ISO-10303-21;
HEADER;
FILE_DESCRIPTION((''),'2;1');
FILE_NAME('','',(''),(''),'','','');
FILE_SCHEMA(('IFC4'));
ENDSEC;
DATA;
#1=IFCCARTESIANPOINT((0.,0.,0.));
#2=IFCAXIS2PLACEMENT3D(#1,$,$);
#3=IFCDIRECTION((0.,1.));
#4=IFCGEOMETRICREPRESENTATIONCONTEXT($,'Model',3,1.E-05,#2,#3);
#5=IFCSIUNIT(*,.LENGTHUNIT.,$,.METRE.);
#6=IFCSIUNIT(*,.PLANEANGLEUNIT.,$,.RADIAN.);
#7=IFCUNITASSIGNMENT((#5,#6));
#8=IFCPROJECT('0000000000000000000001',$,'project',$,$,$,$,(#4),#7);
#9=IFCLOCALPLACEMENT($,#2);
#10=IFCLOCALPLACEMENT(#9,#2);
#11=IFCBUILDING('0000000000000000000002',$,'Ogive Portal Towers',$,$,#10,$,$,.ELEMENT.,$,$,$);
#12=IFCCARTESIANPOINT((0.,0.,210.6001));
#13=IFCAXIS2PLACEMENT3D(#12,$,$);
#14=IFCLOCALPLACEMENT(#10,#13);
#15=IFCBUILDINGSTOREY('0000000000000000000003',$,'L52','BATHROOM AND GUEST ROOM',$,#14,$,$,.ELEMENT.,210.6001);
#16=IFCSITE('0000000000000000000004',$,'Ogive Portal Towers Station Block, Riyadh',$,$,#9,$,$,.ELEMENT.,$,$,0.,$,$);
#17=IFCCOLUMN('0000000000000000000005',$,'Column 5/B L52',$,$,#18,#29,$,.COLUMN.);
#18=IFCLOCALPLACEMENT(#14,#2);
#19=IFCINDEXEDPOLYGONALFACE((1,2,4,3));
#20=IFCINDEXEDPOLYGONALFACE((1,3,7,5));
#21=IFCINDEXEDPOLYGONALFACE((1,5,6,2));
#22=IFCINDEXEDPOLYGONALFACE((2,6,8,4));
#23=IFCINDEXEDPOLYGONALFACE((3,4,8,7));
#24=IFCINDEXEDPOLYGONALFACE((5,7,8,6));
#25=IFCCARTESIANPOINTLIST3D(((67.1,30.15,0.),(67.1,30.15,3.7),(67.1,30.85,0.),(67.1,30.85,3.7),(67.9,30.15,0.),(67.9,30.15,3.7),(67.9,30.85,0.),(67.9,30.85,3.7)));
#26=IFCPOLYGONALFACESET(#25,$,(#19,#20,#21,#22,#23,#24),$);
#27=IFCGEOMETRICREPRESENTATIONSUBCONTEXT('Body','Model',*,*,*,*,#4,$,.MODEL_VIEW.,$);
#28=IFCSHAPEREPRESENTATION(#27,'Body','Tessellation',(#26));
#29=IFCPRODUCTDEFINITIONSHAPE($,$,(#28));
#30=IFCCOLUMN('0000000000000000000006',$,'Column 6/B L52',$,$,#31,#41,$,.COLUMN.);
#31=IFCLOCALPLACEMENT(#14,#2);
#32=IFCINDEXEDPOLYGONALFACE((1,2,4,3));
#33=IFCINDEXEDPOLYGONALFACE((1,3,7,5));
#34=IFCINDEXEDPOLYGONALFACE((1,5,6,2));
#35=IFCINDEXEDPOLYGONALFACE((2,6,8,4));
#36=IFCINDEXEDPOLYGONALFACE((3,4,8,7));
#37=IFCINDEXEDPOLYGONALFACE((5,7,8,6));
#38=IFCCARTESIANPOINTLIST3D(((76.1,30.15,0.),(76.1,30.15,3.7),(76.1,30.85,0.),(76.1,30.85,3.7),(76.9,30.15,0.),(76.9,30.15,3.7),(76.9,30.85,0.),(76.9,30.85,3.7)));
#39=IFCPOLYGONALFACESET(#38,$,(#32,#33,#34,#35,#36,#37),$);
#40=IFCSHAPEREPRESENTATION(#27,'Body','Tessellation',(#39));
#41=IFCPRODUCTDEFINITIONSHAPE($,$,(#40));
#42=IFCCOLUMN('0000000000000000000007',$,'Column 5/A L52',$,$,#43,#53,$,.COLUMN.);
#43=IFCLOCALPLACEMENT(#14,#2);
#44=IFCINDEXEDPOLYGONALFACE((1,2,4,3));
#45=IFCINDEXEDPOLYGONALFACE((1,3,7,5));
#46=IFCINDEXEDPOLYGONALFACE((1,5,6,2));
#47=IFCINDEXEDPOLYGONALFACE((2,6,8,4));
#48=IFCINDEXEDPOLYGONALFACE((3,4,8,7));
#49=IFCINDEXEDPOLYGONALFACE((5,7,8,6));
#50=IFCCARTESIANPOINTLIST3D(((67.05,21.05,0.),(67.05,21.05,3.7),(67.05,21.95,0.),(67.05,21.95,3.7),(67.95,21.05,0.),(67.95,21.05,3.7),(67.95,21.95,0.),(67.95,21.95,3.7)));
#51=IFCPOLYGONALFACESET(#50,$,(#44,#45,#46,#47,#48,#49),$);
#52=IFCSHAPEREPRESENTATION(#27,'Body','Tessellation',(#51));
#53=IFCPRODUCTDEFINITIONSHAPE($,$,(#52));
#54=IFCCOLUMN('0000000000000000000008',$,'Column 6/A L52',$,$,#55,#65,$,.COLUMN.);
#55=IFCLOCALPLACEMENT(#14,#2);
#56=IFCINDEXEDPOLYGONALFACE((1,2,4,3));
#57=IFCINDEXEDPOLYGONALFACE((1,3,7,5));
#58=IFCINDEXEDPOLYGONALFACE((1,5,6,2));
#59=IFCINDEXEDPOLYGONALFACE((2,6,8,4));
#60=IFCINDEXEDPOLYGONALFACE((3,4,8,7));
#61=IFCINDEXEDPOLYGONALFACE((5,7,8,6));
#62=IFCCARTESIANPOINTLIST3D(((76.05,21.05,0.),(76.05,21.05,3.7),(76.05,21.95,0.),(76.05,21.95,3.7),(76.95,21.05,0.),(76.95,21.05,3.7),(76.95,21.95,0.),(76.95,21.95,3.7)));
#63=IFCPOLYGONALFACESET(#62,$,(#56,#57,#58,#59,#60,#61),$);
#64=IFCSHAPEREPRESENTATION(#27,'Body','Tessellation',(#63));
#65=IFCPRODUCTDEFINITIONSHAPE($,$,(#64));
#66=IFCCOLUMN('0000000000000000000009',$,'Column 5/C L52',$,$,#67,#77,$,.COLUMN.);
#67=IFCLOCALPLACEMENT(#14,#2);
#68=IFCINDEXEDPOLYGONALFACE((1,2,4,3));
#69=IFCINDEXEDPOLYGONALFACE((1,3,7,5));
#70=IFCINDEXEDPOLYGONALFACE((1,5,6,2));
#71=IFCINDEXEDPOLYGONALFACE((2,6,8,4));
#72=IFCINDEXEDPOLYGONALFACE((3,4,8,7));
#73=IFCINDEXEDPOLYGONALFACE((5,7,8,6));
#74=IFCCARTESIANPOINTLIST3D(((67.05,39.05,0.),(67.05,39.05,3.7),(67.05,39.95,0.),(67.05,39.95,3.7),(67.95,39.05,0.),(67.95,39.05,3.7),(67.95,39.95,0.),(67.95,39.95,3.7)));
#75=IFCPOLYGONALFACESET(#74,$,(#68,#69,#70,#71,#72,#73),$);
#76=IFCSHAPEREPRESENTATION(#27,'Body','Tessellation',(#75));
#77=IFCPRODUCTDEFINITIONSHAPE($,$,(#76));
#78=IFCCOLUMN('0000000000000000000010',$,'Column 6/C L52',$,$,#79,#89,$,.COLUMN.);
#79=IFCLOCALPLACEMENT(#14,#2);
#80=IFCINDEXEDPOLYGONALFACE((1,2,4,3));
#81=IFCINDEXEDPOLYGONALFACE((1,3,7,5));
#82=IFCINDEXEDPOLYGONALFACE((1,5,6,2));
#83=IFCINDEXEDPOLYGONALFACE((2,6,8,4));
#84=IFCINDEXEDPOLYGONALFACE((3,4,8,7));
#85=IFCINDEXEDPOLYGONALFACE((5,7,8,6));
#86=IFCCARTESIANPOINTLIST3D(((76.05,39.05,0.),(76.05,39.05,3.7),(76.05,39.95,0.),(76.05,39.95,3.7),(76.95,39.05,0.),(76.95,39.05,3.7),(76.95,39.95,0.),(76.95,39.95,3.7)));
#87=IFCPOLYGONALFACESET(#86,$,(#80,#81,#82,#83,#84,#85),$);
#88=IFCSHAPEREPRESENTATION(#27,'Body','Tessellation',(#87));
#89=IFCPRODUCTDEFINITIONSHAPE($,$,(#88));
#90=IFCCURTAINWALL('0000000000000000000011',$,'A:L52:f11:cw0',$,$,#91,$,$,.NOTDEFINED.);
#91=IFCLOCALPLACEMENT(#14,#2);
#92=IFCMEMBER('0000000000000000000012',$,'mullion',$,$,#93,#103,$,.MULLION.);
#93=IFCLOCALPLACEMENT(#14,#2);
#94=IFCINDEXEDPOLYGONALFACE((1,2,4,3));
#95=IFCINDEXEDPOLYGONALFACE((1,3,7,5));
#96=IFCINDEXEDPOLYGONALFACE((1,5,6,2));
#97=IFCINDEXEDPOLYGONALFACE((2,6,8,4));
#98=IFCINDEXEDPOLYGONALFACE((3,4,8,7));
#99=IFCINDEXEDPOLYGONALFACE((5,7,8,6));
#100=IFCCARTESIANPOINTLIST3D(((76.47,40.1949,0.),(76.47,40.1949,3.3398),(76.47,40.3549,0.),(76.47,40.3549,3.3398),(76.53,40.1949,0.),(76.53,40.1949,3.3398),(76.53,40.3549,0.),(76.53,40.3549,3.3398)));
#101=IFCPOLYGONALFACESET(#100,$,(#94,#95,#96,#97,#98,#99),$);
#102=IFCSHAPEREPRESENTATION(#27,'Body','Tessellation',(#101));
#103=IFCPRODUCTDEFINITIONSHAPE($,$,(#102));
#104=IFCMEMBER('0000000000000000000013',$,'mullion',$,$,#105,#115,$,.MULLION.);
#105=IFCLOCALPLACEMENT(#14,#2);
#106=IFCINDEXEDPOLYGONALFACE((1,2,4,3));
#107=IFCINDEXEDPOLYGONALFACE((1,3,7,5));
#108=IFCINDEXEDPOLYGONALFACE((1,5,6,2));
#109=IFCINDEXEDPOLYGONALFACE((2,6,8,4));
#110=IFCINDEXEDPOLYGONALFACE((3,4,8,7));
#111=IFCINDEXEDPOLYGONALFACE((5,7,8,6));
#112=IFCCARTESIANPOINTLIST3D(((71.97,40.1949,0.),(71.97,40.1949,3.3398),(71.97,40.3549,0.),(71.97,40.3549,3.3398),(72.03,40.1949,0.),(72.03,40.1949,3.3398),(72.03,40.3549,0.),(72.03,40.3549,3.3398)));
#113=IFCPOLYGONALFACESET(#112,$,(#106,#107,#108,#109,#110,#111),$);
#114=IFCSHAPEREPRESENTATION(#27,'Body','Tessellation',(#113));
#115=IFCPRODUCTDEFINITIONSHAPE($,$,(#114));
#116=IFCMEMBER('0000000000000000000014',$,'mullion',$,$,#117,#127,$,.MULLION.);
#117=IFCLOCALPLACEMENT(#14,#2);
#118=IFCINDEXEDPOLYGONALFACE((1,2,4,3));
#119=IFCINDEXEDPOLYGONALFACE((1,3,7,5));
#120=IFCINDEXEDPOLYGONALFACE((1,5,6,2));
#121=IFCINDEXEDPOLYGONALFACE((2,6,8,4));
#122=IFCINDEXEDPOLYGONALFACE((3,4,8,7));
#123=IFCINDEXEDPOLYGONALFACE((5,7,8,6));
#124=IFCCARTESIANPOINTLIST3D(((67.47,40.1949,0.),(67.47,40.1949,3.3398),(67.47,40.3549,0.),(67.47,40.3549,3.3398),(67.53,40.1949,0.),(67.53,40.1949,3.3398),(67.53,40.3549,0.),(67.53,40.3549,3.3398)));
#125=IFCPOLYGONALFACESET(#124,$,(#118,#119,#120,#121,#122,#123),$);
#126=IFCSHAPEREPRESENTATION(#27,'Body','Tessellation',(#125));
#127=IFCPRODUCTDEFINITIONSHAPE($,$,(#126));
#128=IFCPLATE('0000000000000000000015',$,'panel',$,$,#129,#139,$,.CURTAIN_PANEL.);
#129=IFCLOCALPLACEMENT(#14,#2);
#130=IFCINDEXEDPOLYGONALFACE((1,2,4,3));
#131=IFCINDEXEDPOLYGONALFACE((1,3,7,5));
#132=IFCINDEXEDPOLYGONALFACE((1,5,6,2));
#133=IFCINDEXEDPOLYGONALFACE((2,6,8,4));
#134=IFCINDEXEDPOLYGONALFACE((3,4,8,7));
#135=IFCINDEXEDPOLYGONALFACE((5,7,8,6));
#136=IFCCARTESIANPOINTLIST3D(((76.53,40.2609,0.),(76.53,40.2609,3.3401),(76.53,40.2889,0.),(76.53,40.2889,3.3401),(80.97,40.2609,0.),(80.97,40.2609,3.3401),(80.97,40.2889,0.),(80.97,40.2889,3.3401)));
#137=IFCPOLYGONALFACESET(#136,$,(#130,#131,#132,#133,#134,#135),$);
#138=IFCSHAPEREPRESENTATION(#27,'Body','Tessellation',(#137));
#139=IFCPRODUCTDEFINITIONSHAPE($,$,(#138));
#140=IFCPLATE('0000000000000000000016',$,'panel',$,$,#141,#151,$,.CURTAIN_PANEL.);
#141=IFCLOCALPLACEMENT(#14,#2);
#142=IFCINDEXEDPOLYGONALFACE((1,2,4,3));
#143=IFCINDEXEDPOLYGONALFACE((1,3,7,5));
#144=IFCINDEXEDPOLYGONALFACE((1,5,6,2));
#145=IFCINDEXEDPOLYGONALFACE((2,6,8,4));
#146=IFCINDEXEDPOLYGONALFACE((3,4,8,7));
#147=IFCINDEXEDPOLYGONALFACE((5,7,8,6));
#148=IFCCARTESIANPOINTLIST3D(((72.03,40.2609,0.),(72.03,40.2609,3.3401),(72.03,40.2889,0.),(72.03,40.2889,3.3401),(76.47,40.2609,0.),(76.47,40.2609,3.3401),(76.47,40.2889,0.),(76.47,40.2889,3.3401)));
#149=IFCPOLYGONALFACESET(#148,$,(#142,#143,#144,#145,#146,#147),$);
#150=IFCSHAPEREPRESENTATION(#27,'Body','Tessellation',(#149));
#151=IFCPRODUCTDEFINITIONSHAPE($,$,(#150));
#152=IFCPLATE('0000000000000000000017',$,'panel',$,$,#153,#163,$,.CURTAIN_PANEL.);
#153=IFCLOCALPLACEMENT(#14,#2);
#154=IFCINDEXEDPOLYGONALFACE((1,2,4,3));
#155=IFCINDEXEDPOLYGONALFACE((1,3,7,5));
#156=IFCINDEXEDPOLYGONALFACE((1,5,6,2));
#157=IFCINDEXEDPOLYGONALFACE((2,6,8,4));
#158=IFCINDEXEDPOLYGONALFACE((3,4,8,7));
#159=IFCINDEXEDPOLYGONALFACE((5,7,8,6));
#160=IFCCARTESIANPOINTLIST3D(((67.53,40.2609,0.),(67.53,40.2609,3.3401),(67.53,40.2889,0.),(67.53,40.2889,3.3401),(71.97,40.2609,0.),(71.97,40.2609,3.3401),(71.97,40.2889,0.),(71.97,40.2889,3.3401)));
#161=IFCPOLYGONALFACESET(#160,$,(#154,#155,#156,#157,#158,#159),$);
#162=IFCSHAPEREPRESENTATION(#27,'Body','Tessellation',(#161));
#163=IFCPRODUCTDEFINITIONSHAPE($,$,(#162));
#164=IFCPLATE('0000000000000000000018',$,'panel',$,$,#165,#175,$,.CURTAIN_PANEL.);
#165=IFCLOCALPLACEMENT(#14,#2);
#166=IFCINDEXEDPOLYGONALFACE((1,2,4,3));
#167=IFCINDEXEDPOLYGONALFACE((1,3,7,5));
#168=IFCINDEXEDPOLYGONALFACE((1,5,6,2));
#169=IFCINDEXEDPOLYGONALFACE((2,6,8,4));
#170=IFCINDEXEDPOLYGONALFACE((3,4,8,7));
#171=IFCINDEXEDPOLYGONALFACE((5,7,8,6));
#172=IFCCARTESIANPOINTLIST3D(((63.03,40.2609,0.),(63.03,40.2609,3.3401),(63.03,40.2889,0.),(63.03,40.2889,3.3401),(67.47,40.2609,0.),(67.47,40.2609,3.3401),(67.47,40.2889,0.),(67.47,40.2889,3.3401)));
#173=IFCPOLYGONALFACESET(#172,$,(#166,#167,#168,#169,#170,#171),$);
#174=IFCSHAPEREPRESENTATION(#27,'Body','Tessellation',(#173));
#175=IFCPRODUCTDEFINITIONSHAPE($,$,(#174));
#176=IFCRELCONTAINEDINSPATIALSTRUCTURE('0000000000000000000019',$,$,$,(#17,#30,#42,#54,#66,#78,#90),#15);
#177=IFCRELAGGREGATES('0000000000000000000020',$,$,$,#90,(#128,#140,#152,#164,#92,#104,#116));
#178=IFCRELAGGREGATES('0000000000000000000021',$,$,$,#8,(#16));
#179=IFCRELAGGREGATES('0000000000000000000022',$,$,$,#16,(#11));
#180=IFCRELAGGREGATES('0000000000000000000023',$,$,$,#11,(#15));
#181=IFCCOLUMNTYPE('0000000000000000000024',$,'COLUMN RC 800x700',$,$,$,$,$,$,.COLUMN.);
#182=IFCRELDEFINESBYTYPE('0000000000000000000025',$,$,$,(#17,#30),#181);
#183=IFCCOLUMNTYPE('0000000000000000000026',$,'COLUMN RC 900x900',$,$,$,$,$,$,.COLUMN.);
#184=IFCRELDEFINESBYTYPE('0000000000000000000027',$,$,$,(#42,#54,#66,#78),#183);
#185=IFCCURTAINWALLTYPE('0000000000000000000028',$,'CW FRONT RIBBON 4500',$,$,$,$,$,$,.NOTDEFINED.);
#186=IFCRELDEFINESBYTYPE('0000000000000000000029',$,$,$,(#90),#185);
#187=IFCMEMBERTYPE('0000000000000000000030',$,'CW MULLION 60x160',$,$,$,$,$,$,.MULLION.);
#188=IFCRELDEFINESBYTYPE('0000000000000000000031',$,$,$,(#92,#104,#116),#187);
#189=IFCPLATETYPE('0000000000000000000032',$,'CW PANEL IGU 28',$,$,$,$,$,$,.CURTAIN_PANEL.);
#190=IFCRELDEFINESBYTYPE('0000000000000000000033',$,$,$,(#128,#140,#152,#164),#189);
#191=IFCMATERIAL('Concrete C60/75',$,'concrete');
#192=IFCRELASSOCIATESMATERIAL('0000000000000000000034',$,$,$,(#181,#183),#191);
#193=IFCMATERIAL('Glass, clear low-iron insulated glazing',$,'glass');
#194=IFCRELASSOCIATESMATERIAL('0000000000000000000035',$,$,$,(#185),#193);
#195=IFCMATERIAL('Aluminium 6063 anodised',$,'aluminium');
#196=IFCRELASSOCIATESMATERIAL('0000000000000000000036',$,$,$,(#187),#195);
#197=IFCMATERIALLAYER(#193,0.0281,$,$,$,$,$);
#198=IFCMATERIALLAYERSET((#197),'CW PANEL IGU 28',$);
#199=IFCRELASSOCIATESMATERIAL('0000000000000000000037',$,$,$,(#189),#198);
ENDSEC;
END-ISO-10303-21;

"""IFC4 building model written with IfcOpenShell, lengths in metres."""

from ifc_helpers import new_model, si_unit, direction, frame, origin, origin_2d, place, context, subcontext, project, spatial, rectangle, extrude, material, layer, layer_set, material_profile, profile_set, type_object, element, aggregate, save


model = new_model("IFC4")

# Units and contexts
model_context = context("Model", 3, precision=1e-05, world=origin(), true_north=direction((0.0, 1.0)))
body_context = subcontext(model_context, "Body", "Model", "MODEL_VIEW")
ifc_project = project(units=[si_unit("LENGTHUNIT", "METRE"), si_unit("PLANEANGLEUNIT", "RADIAN")], contexts=[model_context])

# Site, building, storey
site_placement = place(None, origin())
site = spatial("IfcSite", under=ifc_project, at=site_placement, Name="Ogive Portal Towers Station Block, Riyadh", CompositionType="ELEMENT", RefElevation=0.0)
building_placement = place(site_placement, origin())
building = spatial("IfcBuilding", under=site, at=building_placement, Name="Ogive Portal Towers", CompositionType="ELEMENT")
storey_placement = place(building_placement, frame((0.0, 0.0, 210.6001)))
storey = spatial("IfcBuildingStorey", under=building, at=storey_placement, Name="L52", Description="BATHROOM AND GUEST ROOM", CompositionType="ELEMENT", Elevation=210.6001)

# Columns
ifc_material_1 = material(Name="Concrete C60/75", Category="concrete")
ifc_material_profile_1 = material_profile(ifc_material_1, rectangle(XDim=0.8, YDim=0.7, at=origin_2d()), Name="RC 800x700")
ifc_profile_set_1 = profile_set([ifc_material_profile_1], Name="Concrete C60/75")
column_type_1 = type_object("IfcColumnType", Name="COLUMN RC 800x700", PredefinedType="COLUMN", material=ifc_profile_set_1)
for number, where, z_axis, x_axis, name in (
    (1, (67.5, 30.5, 0.0), (0.0, 0.0, 1.0), (1.0, 0.0, 0.0), "Column 5/B L52"),
    (2, (76.5, 30.5, 0.0), (0.0, 0.0, 1.0), (1.0, 0.0, 0.0), "Column 6/B L52"),
):
    element("IfcColumn", number, at=place(storey_placement, frame(where, z_axis=z_axis, x_axis=x_axis)), inside=storey, type_object=column_type_1, Name=name, PredefinedType="COLUMN", context=body_context, shape_type="SweptSolid", body=[
        extrude(rectangle(XDim=0.8, YDim=0.7, at=origin_2d()), origin(), (0.0, 0.0, 1.0), 3.7),
    ])
ifc_material_profile_2 = material_profile(ifc_material_1, rectangle(XDim=0.8999, YDim=0.8999, at=origin_2d()), Name="RC 900x900")
ifc_profile_set_2 = profile_set([ifc_material_profile_2], Name="Concrete C60/75")
column_type_2 = type_object("IfcColumnType", Name="COLUMN RC 900x900", PredefinedType="COLUMN", material=ifc_profile_set_2)
for number, where, z_axis, x_axis, name in (
    (3, (67.5, 21.5, 0.0), (0.0, 0.0, 1.0), (1.0, 0.0, 0.0), "Column 5/A L52"),
    (4, (76.5, 21.5, 0.0), (0.0, 0.0, 1.0), (1.0, 0.0, 0.0), "Column 6/A L52"),
    (5, (67.5, 39.5, 0.0), (0.0, 0.0, 1.0), (1.0, 0.0, 0.0), "Column 5/C L52"),
    (6, (76.5, 39.5, 0.0), (0.0, 0.0, 1.0), (1.0, 0.0, 0.0), "Column 6/C L52"),
):
    element("IfcColumn", number, at=place(storey_placement, frame(where, z_axis=z_axis, x_axis=x_axis)), inside=storey, type_object=column_type_2, Name=name, PredefinedType="COLUMN", context=body_context, shape_type="SweptSolid", body=[
        extrude(rectangle(XDim=0.8999, YDim=0.8999, at=origin_2d()), origin(), (0.0, 0.0, 1.0), 3.7),
    ])

# Curtain wall, members, plates
ifc_material_2 = material(Name="Glass, clear low-iron insulated glazing", Category="glass")
curtain_wall_type = type_object("IfcCurtainWallType", Name="CW FRONT RIBBON 4500", PredefinedType="NOTDEFINED", material=ifc_material_2)
curtain_wall_placement = place(storey_placement, origin())
curtain_wall = element("IfcCurtainWall", 7, at=curtain_wall_placement, inside=storey, type_object=curtain_wall_type, Name="A:L52:f11:cw0", PredefinedType="NOTDEFINED")
ifc_material_3 = material(Name="Aluminium 6063 anodised", Category="aluminium")
ifc_material_profile_3 = material_profile(ifc_material_3, rectangle(XDim=0.1599, YDim=0.0601, at=origin_2d()), Name="AL 60x160")
ifc_profile_set_3 = profile_set([ifc_material_profile_3], Name="Aluminium 6063 anodised")
member_type = type_object("IfcMemberType", Name="CW MULLION 60x160", PredefinedType="MULLION", material=ifc_profile_set_3)
member_1_placement = place(storey_placement, frame((76.5, 40.2749, 0.0), z_axis=(0.0, 0.0, 1.0), x_axis=(0.0, -1.0, 0.0)))
member_1 = element("IfcMember", 8, at=member_1_placement, type_object=member_type, Name="mullion", PredefinedType="MULLION", context=body_context, shape_type="SweptSolid", body=[
    extrude(rectangle(XDim=0.1599, YDim=0.0601, at=origin_2d()), origin(), (0.0, 0.0, 1.0), 3.3398),
])
member_2_placement = place(storey_placement, frame((72.0, 40.2749, 0.0), z_axis=(0.0, 0.0, 1.0), x_axis=(0.0, -1.0, 0.0)))
member_2 = element("IfcMember", 9, at=member_2_placement, type_object=member_type, Name="mullion", PredefinedType="MULLION", context=body_context, shape_type="SweptSolid", body=[
    extrude(rectangle(XDim=0.1599, YDim=0.0601, at=origin_2d()), origin(), (0.0, 0.0, 1.0), 3.3398),
])
member_3_placement = place(storey_placement, frame((67.5, 40.2749, 0.0), z_axis=(0.0, 0.0, 1.0), x_axis=(0.0, -1.0, 0.0)))
member_3 = element("IfcMember", 10, at=member_3_placement, type_object=member_type, Name="mullion", PredefinedType="MULLION", context=body_context, shape_type="SweptSolid", body=[
    extrude(rectangle(XDim=0.1599, YDim=0.0601, at=origin_2d()), origin(), (0.0, 0.0, 1.0), 3.3398),
])
ifc_layer_1 = layer(ifc_material_2, 0.0281)
ifc_layer_set_1 = layer_set([ifc_layer_1], Name="CW PANEL IGU 28")
plate_type = type_object("IfcPlateType", Name="CW PANEL IGU 28", PredefinedType="CURTAIN_PANEL", material=ifc_layer_set_1)
plate_1_placement = place(storey_placement, frame((78.75, 40.2749, 0.0), z_axis=(0.0, 0.0, 1.0), x_axis=(-1.0, 0.0, 0.0)))
plate_1 = element("IfcPlate", 11, at=plate_1_placement, type_object=plate_type, Name="panel", PredefinedType="CURTAIN_PANEL", context=body_context, shape_type="SweptSolid", body=[
    extrude(rectangle(XDim=4.4399, YDim=0.0281, at=origin_2d()), origin(), (0.0, 0.0, 1.0), 3.3401),
])
plate_2_placement = place(storey_placement, frame((74.25, 40.2749, 0.0), z_axis=(0.0, 0.0, 1.0), x_axis=(-1.0, 0.0, 0.0)))
plate_2 = element("IfcPlate", 12, at=plate_2_placement, type_object=plate_type, Name="panel", PredefinedType="CURTAIN_PANEL", context=body_context, shape_type="SweptSolid", body=[
    extrude(rectangle(XDim=4.4399, YDim=0.0281, at=origin_2d()), origin(), (0.0, 0.0, 1.0), 3.3401),
])
plate_3_placement = place(storey_placement, frame((69.75, 40.2749, 0.0), z_axis=(0.0, 0.0, 1.0), x_axis=(-1.0, 0.0, 0.0)))
plate_3 = element("IfcPlate", 13, at=plate_3_placement, type_object=plate_type, Name="panel", PredefinedType="CURTAIN_PANEL", context=body_context, shape_type="SweptSolid", body=[
    extrude(rectangle(XDim=4.4399, YDim=0.0281, at=origin_2d()), origin(), (0.0, 0.0, 1.0), 3.3401),
])
plate_4_placement = place(storey_placement, frame((65.25, 40.2749, 0.0), z_axis=(0.0, 0.0, 1.0), x_axis=(-1.0, 0.0, 0.0)))
plate_4 = element("IfcPlate", 14, at=plate_4_placement, type_object=plate_type, Name="panel", PredefinedType="CURTAIN_PANEL", context=body_context, shape_type="SweptSolid", body=[
    extrude(rectangle(XDim=4.4399, YDim=0.0281, at=origin_2d()), origin(), (0.0, 0.0, 1.0), 3.3401),
])
aggregate(curtain_wall, [plate_1, plate_2, plate_3, plate_4, member_1, member_2, member_3])

save(model, "model.ifc")
